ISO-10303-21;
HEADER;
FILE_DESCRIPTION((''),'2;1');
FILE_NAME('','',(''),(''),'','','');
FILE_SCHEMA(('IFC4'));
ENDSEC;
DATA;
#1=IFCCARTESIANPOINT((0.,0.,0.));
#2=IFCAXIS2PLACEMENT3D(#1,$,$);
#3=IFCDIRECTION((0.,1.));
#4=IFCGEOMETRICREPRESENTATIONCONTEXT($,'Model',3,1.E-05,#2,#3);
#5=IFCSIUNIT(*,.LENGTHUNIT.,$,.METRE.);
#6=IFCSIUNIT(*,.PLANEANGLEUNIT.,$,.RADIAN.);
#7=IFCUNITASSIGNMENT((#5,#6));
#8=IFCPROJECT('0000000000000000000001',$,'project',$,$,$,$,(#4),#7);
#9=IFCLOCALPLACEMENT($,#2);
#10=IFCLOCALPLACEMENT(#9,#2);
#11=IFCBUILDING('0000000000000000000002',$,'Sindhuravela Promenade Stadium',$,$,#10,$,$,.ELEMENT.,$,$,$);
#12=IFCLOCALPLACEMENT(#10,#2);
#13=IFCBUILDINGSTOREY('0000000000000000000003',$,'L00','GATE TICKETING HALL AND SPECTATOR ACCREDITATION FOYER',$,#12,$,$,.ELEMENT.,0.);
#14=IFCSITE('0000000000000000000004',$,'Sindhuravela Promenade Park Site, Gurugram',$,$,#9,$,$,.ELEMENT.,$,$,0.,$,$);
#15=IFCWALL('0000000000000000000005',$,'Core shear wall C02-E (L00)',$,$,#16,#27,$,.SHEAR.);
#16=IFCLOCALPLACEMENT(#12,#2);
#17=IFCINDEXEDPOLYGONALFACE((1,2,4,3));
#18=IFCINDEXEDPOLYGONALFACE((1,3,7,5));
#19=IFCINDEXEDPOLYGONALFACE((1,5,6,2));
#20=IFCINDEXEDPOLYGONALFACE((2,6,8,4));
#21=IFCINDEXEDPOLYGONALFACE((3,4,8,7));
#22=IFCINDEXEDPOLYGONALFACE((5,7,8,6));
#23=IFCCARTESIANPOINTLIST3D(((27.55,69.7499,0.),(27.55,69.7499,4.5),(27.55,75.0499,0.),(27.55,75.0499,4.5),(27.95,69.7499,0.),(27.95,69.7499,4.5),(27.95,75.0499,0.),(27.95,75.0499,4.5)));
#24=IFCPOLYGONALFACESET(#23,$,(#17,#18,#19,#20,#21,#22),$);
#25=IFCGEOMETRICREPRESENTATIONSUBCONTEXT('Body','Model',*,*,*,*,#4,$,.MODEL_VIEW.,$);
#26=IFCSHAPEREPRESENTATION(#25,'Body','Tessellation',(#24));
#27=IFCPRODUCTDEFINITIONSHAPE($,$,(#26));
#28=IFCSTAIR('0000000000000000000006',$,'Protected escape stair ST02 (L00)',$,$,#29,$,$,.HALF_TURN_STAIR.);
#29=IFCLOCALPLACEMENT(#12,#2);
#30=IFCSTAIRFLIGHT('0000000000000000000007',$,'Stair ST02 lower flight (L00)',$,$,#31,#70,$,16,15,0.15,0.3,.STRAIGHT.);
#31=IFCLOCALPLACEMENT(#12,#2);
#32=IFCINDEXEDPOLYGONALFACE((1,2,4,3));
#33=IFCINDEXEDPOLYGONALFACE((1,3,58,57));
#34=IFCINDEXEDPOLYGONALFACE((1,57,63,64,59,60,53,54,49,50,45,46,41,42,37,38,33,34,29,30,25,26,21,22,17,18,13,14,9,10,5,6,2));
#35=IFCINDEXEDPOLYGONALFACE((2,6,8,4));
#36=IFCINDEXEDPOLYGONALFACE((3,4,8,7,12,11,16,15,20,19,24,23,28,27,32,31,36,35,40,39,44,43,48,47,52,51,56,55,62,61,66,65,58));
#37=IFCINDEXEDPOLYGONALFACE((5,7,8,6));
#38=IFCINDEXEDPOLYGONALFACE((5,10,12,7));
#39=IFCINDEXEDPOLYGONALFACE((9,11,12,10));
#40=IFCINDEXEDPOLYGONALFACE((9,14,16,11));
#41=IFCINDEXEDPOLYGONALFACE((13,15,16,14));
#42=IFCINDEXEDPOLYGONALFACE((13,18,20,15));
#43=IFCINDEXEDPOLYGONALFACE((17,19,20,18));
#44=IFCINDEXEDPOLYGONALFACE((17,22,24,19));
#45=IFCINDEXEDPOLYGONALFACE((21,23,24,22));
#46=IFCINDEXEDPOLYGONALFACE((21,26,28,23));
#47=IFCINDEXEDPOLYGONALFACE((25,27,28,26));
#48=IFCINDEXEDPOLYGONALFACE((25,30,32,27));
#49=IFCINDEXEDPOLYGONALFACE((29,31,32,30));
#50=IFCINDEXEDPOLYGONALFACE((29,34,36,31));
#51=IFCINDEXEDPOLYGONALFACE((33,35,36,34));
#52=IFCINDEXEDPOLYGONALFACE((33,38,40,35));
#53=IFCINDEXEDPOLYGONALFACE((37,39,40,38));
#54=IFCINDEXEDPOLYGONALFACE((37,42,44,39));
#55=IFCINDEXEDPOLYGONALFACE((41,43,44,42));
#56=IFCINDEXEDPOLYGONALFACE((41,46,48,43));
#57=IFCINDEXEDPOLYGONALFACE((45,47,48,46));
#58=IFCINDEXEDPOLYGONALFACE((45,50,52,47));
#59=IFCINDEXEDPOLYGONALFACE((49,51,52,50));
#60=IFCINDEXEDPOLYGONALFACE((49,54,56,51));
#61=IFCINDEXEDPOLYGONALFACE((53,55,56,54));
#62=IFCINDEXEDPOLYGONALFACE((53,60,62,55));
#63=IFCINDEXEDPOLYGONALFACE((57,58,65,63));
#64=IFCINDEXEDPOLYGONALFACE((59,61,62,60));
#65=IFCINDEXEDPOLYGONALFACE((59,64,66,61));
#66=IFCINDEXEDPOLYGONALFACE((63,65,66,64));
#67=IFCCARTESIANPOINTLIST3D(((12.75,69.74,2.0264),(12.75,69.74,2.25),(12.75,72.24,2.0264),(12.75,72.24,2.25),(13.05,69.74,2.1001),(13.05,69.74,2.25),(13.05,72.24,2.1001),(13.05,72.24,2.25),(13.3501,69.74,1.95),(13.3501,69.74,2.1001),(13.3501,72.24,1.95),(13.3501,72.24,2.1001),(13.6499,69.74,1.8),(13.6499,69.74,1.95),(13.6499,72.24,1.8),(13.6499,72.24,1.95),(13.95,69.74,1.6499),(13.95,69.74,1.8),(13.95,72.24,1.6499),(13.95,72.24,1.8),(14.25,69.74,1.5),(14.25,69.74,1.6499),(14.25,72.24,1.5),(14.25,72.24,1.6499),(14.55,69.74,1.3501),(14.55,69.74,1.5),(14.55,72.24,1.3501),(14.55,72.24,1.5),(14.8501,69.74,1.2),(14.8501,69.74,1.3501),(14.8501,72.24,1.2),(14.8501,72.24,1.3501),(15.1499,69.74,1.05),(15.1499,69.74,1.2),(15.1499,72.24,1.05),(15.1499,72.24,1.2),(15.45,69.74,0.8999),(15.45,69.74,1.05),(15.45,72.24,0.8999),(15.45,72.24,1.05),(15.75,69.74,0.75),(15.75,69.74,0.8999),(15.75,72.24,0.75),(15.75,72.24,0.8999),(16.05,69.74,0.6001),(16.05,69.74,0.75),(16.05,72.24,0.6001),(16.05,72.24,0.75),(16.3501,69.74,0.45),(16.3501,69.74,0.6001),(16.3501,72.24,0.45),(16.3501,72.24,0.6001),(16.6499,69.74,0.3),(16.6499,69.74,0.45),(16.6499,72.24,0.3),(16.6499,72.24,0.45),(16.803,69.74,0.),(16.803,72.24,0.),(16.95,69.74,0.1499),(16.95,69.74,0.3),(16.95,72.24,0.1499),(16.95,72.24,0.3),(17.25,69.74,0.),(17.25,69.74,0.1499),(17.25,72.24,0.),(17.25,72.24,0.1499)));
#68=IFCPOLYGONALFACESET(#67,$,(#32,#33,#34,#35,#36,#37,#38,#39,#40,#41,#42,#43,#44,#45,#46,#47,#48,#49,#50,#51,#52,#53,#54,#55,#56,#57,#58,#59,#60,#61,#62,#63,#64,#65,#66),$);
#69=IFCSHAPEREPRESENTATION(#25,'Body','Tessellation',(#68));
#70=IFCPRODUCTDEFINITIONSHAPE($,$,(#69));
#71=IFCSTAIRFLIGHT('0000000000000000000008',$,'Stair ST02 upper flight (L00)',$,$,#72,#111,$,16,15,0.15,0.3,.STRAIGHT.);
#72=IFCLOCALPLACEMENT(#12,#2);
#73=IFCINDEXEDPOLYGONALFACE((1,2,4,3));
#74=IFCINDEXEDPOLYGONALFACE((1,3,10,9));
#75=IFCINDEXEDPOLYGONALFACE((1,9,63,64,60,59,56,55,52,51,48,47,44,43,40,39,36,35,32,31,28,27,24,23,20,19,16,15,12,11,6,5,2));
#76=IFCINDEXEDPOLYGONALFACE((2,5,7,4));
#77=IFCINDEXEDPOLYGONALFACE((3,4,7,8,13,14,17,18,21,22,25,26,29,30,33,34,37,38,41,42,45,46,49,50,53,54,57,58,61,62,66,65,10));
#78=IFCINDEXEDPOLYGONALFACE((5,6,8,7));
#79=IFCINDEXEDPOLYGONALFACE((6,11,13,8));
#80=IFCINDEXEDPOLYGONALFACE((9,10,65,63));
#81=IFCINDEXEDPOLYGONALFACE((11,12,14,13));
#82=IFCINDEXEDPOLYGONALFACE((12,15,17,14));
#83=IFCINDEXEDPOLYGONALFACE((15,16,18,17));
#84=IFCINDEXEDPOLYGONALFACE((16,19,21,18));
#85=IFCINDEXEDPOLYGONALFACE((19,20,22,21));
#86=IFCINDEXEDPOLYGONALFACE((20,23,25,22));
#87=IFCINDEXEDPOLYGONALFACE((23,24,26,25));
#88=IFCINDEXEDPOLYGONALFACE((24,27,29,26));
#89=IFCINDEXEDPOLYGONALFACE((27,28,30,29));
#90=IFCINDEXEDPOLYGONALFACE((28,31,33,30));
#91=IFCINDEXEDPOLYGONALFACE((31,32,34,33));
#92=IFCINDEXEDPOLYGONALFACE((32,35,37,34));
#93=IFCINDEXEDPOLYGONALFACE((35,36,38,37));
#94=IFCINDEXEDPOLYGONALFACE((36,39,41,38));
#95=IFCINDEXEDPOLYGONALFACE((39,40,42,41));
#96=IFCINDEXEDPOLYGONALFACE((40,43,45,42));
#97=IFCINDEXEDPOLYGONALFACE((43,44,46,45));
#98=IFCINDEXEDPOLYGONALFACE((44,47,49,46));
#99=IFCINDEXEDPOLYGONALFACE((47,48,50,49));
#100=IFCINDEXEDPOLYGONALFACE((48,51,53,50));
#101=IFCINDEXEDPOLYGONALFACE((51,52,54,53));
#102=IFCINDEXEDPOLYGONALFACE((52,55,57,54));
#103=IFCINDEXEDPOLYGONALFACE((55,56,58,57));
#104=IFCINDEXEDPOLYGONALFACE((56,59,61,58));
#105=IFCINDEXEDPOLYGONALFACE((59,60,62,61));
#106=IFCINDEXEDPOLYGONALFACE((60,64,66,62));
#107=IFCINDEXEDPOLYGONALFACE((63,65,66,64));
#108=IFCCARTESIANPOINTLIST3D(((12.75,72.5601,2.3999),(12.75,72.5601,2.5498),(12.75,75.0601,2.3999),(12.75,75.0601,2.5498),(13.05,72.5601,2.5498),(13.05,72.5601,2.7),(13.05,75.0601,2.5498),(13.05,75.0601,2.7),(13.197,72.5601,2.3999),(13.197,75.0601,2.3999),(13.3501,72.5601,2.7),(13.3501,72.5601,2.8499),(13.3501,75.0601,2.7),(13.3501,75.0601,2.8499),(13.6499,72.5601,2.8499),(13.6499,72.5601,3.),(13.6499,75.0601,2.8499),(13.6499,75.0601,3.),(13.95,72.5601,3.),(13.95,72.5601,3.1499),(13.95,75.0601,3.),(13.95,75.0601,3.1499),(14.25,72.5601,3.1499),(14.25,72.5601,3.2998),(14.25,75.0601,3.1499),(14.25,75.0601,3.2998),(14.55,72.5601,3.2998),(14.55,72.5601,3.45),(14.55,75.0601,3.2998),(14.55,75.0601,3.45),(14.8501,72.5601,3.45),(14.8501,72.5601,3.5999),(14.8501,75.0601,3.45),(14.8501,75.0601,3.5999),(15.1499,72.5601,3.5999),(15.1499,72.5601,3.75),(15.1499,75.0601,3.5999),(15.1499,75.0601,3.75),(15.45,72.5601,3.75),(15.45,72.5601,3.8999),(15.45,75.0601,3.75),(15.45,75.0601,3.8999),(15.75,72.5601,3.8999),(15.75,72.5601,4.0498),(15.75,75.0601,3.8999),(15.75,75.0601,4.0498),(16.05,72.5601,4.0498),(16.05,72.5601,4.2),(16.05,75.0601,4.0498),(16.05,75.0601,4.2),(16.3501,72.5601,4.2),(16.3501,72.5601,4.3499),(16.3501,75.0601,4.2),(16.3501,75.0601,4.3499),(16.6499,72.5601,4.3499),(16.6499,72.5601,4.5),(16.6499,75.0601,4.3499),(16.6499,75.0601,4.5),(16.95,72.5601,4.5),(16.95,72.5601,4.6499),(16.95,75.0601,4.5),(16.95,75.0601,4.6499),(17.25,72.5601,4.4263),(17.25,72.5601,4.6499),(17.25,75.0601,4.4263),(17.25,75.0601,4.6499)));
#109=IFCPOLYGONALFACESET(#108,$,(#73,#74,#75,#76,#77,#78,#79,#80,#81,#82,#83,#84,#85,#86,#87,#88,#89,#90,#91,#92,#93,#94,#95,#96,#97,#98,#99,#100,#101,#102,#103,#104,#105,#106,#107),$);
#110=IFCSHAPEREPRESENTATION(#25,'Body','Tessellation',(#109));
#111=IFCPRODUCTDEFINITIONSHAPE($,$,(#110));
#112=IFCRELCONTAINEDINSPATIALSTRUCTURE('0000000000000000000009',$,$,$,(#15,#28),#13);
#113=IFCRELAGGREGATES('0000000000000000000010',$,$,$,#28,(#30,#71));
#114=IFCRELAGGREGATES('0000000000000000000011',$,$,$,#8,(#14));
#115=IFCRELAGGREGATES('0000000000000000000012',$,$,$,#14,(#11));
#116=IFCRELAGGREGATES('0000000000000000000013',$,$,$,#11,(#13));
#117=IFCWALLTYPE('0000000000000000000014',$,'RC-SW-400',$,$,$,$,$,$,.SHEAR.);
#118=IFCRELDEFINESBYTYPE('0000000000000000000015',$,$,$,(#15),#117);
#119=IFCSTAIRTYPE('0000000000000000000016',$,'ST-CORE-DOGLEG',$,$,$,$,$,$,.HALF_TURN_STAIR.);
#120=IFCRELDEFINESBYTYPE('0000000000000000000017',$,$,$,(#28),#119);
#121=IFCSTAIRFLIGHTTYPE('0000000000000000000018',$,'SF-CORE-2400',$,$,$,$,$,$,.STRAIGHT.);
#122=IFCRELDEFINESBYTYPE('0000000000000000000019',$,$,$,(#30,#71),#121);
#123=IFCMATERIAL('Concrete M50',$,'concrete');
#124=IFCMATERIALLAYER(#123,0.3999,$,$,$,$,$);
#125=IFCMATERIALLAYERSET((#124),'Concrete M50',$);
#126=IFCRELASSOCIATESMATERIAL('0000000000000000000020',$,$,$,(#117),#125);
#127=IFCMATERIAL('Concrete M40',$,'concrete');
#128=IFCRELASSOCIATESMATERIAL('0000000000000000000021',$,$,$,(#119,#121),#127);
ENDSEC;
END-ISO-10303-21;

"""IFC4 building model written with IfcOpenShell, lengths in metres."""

from ifc_helpers import new_model, si_unit, direction, frame, frame_2d, origin, place, context, subcontext, project, spatial, polyline, rectangle, outline, extrude, material, layer, layer_set, type_object, element, aggregate, save


model = new_model("IFC4")

# Units and contexts
model_context = context("Model", 3, precision=1e-05, world=origin(), true_north=direction((0.0, 1.0)))
body_context = subcontext(model_context, "Body", "Model", "MODEL_VIEW")
ifc_project = project(units=[si_unit("LENGTHUNIT", "METRE"), si_unit("PLANEANGLEUNIT", "RADIAN")], contexts=[model_context])

# Site, building, storey
site_placement = place(None, origin())
site = spatial("IfcSite", under=ifc_project, at=site_placement, Name="Sindhuravela Promenade Park Site, Gurugram", CompositionType="ELEMENT", RefElevation=0.0)
building_placement = place(site_placement, origin())
building = spatial("IfcBuilding", under=site, at=building_placement, Name="Sindhuravela Promenade Stadium", CompositionType="ELEMENT")
storey_placement = place(building_placement, origin())
storey = spatial("IfcBuildingStorey", under=building, at=storey_placement, Name="L00", Description="GATE TICKETING HALL AND SPECTATOR ACCREDITATION FOYER", CompositionType="ELEMENT", Elevation=0.0)

# Shared definitions
ifc_material_1 = material(Name="Concrete M50", Category="concrete")

# Shared definitions
ifc_material_2 = material(Name="Concrete M40", Category="concrete")

# Shared definitions
ifc_layer_1 = layer(ifc_material_1, 0.3999)
ifc_layer_set_1 = layer_set([ifc_layer_1], Name="Concrete M50")
wall_type_1 = type_object("IfcWallType", Name="RC-SW-400", PredefinedType="SHEAR", material=ifc_layer_set_1)

# Wall
wall_1_placement = place(storey_placement, frame((27.75, 69.75, 0.0), z_axis=(0.0, 0.0, 1.0), x_axis=(0.0, 1.0, 0.0)))
element("IfcWall", 1, at=wall_1_placement, inside=storey, type_object=wall_type_1, Name="Core shear wall C02-E (L00)", PredefinedType="SHEAR", context=body_context, shape_type="SweptSolid", body=[
    extrude(rectangle(XDim=5.3, YDim=0.3999, at=frame_2d((2.6499, 0.0))), origin(), (0.0, 0.0, 1.0), 4.5),
])

# Stair, stair flights
stair_type = type_object("IfcStairType", Name="ST-CORE-DOGLEG", PredefinedType="HALF_TURN_STAIR", material=ifc_material_2)
stair_placement = place(storey_placement, origin())
stair = element("IfcStair", 2, at=stair_placement, inside=storey, type_object=stair_type, Name="Protected escape stair ST02 (L00)", PredefinedType="HALF_TURN_STAIR")
stair_flight_type = type_object("IfcStairFlightType", Name="SF-CORE-2400", PredefinedType="STRAIGHT", material=ifc_material_2)
stair_flight_1_placement = place(storey_placement, frame((17.25, 70.99, 0.0), z_axis=(0.0, 0.0, 1.0), x_axis=(-1.0, 0.0, 0.0)))
stair_flight_1 = element("IfcStairFlight", 3, at=stair_flight_1_placement, type_object=stair_flight_type, Name="Stair ST02 lower flight (L00)", NumberOfRisers=16, NumberOfTreads=15, PredefinedType="STRAIGHT", RiserHeight=0.15, TreadLength=0.3, context=body_context, shape_type="SweptSolid", body=[
    extrude(outline(polyline([(0.0, 0.0), (0.0, 0.1499), (0.3, 0.1499), (0.3, 0.3), (0.6001, 0.3), (0.6001, 0.45), (0.8999, 0.45), (0.8999, 0.6001), (1.2, 0.6001), (1.2, 0.75), (1.5, 0.75), (1.5, 0.8999), (1.8, 0.8999), (1.8, 1.05), (2.1001, 1.05), (2.1001, 1.2), (2.3999, 1.2), (2.3999, 1.3501), (2.7, 1.3501), (2.7, 1.5), (3.0, 1.5), (3.0, 1.6499), (3.3, 1.6499), (3.3, 1.8), (3.6001, 1.8), (3.6001, 1.95), (3.8999, 1.95), (3.8999, 2.1001), (4.2, 2.1001), (4.2, 2.25), (4.5, 2.25), (4.5, 2.3999), (4.5, 2.0264), (0.447, 0.0), (0.0, 0.0)])), frame((0.0, 1.25, 0.0), z_axis=(0.0, -1.0, 0.0), x_axis=(1.0, 0.0, 0.0)), (0.0, 0.0, 1.0), 2.5),
])
stair_flight_2_placement = place(storey_placement, frame((12.75, 73.8101, 2.3999), z_axis=(0.0, 0.0, 1.0), x_axis=(1.0, 0.0, 0.0)))
stair_flight_2 = element("IfcStairFlight", 4, at=stair_flight_2_placement, type_object=stair_flight_type, Name="Stair ST02 upper flight (L00)", NumberOfRisers=16, NumberOfTreads=15, PredefinedType="STRAIGHT", RiserHeight=0.15, TreadLength=0.3, context=body_context, shape_type="SweptSolid", body=[
    extrude(outline(polyline([(0.0, 0.0), (0.0, 0.1499), (0.3, 0.1499), (0.3, 0.3), (0.6001, 0.3), (0.6001, 0.45), (0.8999, 0.45), (0.8999, 0.6001), (1.2, 0.6001), (1.2, 0.75), (1.5, 0.75), (1.5, 0.8999), (1.8, 0.8999), (1.8, 1.05), (2.1001, 1.05), (2.1001, 1.2), (2.3999, 1.2), (2.3999, 1.3501), (2.7, 1.3501), (2.7, 1.5), (3.0, 1.5), (3.0, 1.6499), (3.3, 1.6499), (3.3, 1.8), (3.6001, 1.8), (3.6001, 1.95), (3.8999, 1.95), (3.8999, 2.1001), (4.2, 2.1001), (4.2, 2.25), (4.5, 2.25), (4.5, 2.3999), (4.5, 2.0264), (0.447, 0.0), (0.0, 0.0)])), frame((0.0, 1.25, 0.0), z_axis=(0.0, -1.0, 0.0), x_axis=(1.0, 0.0, 0.0)), (0.0, 0.0, 1.0), 2.5),
])
aggregate(stair, [stair_flight_1, stair_flight_2])

save(model, "model.ifc")
